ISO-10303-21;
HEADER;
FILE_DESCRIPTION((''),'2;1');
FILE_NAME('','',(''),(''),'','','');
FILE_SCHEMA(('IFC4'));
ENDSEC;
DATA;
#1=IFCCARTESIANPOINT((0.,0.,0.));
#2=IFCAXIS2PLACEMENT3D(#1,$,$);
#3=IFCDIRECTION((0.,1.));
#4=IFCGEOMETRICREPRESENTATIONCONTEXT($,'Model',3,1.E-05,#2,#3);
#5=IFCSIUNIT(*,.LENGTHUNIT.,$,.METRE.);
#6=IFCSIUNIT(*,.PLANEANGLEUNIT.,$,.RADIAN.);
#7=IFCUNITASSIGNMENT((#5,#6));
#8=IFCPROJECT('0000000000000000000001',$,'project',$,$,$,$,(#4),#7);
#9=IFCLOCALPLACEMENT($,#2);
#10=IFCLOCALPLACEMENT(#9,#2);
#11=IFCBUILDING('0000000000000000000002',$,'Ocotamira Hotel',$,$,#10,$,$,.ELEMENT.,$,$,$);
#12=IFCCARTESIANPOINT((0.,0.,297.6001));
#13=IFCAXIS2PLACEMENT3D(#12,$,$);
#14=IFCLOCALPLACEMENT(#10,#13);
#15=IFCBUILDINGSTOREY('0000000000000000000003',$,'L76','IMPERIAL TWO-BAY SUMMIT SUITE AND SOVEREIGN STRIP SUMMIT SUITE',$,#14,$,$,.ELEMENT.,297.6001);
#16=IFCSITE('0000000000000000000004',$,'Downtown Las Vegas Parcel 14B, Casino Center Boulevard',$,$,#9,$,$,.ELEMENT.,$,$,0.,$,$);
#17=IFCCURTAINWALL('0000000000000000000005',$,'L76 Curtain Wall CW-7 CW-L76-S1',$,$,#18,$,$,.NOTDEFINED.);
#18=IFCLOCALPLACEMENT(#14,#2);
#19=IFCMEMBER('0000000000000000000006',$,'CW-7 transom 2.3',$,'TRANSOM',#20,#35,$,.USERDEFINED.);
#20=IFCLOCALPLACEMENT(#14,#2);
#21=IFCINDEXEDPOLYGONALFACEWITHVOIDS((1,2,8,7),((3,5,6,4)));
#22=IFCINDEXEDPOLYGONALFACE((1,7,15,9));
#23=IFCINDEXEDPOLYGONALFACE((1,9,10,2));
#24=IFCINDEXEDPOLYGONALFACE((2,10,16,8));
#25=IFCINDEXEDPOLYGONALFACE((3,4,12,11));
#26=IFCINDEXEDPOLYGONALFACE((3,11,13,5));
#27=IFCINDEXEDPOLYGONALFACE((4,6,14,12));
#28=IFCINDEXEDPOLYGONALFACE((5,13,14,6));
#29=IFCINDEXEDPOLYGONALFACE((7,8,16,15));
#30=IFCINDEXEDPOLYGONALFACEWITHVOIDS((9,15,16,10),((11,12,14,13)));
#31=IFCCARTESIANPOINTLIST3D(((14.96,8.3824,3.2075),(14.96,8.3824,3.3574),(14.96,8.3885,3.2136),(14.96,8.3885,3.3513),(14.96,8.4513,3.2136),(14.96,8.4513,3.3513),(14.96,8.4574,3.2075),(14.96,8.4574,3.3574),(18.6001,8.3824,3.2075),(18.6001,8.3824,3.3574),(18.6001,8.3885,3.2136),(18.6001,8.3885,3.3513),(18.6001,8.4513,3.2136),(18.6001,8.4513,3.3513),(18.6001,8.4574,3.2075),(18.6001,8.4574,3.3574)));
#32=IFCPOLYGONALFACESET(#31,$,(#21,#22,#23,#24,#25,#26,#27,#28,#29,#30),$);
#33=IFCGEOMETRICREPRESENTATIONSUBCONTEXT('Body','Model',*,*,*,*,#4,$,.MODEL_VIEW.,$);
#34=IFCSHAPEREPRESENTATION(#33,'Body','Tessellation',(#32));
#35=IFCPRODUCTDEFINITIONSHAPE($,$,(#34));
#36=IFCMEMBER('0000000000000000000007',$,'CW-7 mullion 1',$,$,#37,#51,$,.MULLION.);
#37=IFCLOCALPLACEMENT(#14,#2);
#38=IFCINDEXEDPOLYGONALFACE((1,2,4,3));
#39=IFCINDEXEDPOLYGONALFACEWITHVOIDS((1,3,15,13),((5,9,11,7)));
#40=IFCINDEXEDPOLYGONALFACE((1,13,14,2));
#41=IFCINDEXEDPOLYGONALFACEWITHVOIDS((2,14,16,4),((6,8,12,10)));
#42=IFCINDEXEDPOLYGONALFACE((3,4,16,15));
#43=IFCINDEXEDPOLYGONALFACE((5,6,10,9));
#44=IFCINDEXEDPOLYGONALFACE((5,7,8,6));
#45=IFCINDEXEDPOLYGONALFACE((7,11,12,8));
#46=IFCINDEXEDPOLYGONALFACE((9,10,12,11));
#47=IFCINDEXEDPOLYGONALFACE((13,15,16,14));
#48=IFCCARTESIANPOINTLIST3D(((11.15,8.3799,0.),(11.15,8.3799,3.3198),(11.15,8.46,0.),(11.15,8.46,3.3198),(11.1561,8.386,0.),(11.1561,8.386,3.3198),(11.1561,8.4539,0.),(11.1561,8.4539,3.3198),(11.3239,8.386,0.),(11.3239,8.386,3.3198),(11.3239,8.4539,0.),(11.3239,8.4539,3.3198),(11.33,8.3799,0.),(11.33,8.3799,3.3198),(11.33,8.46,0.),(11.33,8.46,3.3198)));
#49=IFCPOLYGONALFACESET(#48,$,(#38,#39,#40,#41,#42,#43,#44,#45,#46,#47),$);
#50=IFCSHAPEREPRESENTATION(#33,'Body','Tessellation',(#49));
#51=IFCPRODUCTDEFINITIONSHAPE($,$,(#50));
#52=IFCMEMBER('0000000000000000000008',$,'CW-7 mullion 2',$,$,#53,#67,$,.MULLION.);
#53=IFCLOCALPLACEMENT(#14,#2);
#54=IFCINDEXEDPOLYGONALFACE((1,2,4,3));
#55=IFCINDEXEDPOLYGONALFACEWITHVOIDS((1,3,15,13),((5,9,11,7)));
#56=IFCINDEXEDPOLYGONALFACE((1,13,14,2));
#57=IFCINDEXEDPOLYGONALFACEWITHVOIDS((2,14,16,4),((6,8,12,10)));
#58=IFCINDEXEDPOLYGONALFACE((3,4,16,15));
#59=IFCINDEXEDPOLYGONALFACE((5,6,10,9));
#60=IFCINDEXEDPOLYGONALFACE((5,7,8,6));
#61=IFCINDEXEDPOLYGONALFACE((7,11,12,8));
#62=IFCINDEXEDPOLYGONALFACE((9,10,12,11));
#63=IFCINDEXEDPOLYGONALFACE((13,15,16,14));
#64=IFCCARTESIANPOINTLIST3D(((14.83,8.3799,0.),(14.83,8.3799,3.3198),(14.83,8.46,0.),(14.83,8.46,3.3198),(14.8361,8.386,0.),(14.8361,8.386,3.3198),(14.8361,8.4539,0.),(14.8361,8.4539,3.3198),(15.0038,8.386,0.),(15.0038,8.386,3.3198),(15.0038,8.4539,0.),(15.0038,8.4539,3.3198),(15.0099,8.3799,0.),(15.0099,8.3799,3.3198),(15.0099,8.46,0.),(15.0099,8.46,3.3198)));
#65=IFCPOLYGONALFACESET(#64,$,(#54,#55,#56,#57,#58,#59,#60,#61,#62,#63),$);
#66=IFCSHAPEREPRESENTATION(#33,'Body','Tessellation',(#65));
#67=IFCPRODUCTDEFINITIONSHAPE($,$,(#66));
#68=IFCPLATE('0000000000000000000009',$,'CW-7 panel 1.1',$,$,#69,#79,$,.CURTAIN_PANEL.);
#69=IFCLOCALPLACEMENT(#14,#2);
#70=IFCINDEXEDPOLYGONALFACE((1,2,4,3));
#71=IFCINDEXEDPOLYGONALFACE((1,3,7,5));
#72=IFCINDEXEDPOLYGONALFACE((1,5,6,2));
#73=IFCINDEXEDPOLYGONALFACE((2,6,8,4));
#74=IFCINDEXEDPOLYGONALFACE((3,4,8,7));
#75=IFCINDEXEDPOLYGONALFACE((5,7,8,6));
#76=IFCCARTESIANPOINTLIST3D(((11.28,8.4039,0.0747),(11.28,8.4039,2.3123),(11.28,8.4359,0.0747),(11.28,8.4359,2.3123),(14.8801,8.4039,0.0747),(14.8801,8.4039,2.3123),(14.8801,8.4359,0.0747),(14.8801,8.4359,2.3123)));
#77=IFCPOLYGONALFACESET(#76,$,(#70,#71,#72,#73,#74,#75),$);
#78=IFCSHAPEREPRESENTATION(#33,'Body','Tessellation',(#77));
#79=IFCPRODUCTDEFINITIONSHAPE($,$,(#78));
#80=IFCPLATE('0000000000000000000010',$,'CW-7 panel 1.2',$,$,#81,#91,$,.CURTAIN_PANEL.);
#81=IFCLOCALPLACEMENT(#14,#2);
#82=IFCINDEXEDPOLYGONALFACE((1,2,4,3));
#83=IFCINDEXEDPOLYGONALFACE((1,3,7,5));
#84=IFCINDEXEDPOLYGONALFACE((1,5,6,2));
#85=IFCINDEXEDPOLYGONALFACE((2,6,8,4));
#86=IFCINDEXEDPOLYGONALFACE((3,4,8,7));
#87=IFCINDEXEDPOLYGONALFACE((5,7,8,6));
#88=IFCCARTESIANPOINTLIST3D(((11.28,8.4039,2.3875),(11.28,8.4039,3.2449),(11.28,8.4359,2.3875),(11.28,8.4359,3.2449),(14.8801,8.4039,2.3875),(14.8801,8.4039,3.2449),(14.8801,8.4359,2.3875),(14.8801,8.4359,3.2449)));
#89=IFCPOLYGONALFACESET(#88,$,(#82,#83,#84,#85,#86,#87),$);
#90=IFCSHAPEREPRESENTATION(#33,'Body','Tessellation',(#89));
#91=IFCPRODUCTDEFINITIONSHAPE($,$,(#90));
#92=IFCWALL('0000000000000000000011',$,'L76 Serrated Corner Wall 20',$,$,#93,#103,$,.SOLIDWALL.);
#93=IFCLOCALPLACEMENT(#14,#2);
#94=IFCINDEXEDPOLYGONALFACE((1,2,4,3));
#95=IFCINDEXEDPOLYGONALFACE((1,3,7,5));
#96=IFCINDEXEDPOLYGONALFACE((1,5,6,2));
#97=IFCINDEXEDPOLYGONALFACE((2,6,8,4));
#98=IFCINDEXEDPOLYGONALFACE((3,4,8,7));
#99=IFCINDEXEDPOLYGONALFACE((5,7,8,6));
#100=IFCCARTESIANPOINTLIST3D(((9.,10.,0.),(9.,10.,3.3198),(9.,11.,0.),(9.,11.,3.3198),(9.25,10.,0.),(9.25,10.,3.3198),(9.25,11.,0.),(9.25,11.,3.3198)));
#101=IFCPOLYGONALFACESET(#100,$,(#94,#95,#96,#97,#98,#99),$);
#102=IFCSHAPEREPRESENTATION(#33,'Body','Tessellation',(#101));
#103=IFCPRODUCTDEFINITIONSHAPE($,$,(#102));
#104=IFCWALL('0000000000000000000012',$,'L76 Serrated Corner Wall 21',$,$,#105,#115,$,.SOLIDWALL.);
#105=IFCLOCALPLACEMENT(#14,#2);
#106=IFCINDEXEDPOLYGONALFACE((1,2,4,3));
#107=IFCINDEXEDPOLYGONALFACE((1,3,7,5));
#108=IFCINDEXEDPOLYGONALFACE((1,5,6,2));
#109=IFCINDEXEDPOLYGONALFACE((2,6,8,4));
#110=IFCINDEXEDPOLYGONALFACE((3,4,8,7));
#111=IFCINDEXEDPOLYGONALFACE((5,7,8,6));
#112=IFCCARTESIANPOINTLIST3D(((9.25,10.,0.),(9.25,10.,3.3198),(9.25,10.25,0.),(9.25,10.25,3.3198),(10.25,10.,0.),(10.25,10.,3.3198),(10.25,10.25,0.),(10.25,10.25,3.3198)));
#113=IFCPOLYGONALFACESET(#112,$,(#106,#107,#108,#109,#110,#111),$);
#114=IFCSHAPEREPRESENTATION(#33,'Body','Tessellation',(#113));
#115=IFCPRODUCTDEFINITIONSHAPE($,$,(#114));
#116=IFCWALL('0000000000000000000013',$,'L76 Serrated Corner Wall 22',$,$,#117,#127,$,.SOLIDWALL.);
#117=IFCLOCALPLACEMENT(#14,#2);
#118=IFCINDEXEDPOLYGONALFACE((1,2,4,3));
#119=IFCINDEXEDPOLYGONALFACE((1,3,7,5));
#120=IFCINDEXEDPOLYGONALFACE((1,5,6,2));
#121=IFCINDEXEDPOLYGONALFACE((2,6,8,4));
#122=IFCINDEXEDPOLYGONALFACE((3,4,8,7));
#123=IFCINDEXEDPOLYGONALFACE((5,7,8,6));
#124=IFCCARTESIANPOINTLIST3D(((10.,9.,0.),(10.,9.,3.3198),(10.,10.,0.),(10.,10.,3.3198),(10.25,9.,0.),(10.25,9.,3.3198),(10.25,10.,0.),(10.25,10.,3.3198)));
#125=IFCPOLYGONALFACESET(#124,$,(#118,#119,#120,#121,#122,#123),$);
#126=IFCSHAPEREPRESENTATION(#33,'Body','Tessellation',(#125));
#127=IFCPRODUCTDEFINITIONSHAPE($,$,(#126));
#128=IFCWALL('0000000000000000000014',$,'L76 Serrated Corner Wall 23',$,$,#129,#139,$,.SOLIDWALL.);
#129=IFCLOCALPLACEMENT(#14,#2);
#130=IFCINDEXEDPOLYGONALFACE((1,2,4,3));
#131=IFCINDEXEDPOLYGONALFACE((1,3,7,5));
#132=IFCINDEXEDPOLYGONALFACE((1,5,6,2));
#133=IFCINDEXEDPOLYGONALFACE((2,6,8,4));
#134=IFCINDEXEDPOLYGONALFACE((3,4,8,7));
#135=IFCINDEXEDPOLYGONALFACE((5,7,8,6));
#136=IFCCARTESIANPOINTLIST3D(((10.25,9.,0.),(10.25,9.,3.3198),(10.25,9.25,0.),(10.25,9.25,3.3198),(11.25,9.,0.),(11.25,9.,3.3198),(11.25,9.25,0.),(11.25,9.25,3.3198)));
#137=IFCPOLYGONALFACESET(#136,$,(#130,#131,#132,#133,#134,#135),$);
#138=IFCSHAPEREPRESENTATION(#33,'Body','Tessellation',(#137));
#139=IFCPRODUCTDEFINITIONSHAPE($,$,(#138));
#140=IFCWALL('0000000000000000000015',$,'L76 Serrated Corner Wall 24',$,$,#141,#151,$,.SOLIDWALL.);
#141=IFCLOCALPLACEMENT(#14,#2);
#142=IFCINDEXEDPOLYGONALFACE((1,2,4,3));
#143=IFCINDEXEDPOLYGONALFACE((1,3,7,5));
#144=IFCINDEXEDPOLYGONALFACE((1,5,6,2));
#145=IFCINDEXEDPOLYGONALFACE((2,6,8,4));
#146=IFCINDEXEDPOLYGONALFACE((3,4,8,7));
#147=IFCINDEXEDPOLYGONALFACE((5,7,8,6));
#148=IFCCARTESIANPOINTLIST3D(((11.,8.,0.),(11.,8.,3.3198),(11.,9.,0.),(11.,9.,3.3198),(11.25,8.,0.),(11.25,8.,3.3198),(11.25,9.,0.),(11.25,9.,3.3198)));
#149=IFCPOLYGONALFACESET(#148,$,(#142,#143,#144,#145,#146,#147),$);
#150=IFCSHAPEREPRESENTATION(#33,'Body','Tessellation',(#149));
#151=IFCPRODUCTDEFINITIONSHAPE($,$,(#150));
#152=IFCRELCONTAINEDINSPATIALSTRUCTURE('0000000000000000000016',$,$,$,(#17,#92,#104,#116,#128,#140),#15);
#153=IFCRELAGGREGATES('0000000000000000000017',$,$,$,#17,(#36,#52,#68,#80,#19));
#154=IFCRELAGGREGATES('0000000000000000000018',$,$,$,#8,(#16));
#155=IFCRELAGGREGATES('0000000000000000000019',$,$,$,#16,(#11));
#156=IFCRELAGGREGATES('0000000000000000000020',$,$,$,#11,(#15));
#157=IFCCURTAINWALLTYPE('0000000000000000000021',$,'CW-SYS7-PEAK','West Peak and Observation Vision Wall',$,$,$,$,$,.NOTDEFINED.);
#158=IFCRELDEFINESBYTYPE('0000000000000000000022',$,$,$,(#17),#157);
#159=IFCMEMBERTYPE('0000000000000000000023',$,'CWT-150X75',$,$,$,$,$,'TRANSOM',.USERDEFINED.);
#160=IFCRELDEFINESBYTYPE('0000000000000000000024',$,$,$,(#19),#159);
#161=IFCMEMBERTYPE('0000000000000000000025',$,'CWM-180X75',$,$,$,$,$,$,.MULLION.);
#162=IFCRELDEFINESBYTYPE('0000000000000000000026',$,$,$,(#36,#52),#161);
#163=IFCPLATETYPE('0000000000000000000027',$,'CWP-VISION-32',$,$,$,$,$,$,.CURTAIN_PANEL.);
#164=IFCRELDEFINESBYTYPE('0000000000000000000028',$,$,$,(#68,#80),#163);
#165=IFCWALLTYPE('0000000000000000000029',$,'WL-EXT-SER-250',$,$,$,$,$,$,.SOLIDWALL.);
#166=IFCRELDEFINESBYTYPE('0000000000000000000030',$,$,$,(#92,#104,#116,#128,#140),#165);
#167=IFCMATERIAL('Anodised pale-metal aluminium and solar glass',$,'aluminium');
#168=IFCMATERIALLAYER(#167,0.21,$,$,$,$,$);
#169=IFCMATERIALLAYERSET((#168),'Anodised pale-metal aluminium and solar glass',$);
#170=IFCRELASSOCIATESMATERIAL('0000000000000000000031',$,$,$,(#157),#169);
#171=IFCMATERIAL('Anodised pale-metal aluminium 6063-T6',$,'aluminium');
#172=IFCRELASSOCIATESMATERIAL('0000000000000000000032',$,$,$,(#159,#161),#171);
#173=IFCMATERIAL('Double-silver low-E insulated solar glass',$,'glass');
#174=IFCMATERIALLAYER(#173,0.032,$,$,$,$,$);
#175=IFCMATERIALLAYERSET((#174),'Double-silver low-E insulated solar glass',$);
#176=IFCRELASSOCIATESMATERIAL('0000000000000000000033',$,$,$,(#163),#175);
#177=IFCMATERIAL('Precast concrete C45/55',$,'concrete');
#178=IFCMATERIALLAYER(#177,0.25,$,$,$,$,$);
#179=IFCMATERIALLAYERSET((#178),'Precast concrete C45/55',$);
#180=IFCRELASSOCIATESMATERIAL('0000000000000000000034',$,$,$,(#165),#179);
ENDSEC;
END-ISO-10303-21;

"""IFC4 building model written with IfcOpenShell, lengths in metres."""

from ifc_helpers import new_model, si_unit, direction, frame, frame_2d, origin, origin_2d, place, context, subcontext, project, spatial, rectangle, hollow_rectangle, extrude, source, transform, mapped, material, layer, layer_set, material_profile, profile_set, type_object, element, aggregate, save


model = new_model("IFC4")

# Units and contexts
model_context = context("Model", 3, precision=1e-05, world=origin(), true_north=direction((0.0, 1.0)))
body_context = subcontext(model_context, "Body", "Model", "MODEL_VIEW")
ifc_project = project(units=[si_unit("LENGTHUNIT", "METRE"), si_unit("PLANEANGLEUNIT", "RADIAN")], contexts=[model_context])

# Site, building, storey
site_placement = place(None, origin())
site = spatial("IfcSite", under=ifc_project, at=site_placement, Name="Downtown Las Vegas Parcel 14B, Casino Center Boulevard", CompositionType="ELEMENT", RefElevation=0.0)
building_placement = place(site_placement, origin())
building = spatial("IfcBuilding", under=site, at=building_placement, Name="Ocotamira Hotel", CompositionType="ELEMENT")
storey_placement = place(building_placement, frame((0.0, 0.0, 297.6001)))
storey = spatial("IfcBuildingStorey", under=building, at=storey_placement, Name="L76", Description="IMPERIAL TWO-BAY SUMMIT SUITE AND SOVEREIGN STRIP SUMMIT SUITE", CompositionType="ELEMENT", Elevation=297.6001)

# Curtain wall, members, plates
ifc_material_1 = material(Name="Anodised pale-metal aluminium and solar glass", Category="aluminium")
ifc_layer_1 = layer(ifc_material_1, 0.21)
ifc_layer_set_1 = layer_set([ifc_layer_1], Name="Anodised pale-metal aluminium and solar glass")
curtain_wall_type = type_object("IfcCurtainWallType", Name="CW-SYS7-PEAK", Description="West Peak and Observation Vision Wall", PredefinedType="NOTDEFINED", material=ifc_layer_set_1)
curtain_wall_placement = place(storey_placement, origin())
curtain_wall = element("IfcCurtainWall", 1, at=curtain_wall_placement, inside=storey, type_object=curtain_wall_type, Name="L76 Curtain Wall CW-7 CW-L76-S1", PredefinedType="NOTDEFINED")
ifc_material_2 = material(Name="Anodised pale-metal aluminium 6063-T6", Category="aluminium")
ifc_material_profile_1 = material_profile(ifc_material_2, hollow_rectangle(XDim=0.075, YDim=0.1499, WallThickness=0.0061, at=origin_2d()), Name="HSS150X75X6")
ifc_profile_set_1 = profile_set([ifc_material_profile_1], Name="Anodised pale-metal aluminium 6063-T6")
member_type_1 = type_object("IfcMemberType", Name="CWT-150X75", ElementType="TRANSOM", PredefinedType="USERDEFINED", material=ifc_profile_set_1)
shared_shape_1 = source(origin(), body_context, "Body", "SweptSolid", [
    extrude(hollow_rectangle(XDim=0.075, YDim=0.1499, WallThickness=0.0061, at=origin_2d()), origin(), (0.0, 0.0, 1.0), 3.6401),
])
member_1_placement = place(storey_placement, frame((14.96, 8.4199, 3.2825), z_axis=(1.0, 0.0, 0.0), x_axis=(0.0, 1.0, 0.0)))
member_1 = element("IfcMember", 2, at=member_1_placement, type_object=member_type_1, Name="CW-7 transom 2.3", ObjectType="TRANSOM", PredefinedType="USERDEFINED", context=body_context, shape_type="MappedRepresentation", body=[
    mapped(shared_shape_1, transform((0.0, 0.0, 0.0), scale=1.0)),
])
ifc_material_profile_2 = material_profile(ifc_material_2, hollow_rectangle(XDim=0.0801, YDim=0.1799, WallThickness=0.0061, at=origin_2d()), Name="HSS180X80X6")
ifc_profile_set_2 = profile_set([ifc_material_profile_2], Name="Anodised pale-metal aluminium 6063-T6")
member_type_2 = type_object("IfcMemberType", Name="CWM-180X75", PredefinedType="MULLION", material=ifc_profile_set_2)
shared_shape_2 = source(origin(), body_context, "Body", "SweptSolid", [
    extrude(hollow_rectangle(XDim=0.0801, YDim=0.1799, WallThickness=0.0061, at=origin_2d()), origin(), (0.0, 0.0, 1.0), 3.3198),
])
member_2_placement = place(storey_placement, frame((11.24, 8.4199, 0.0), z_axis=(0.0, 0.0, 1.0), x_axis=(0.0, 1.0, 0.0)))
member_2 = element("IfcMember", 3, at=member_2_placement, type_object=member_type_2, Name="CW-7 mullion 1", PredefinedType="MULLION", context=body_context, shape_type="MappedRepresentation", body=[
    mapped(shared_shape_2, transform((0.0, 0.0, 0.0), scale=1.0)),
])
member_3_placement = place(storey_placement, frame((14.9199, 8.4199, 0.0), z_axis=(0.0, 0.0, 1.0), x_axis=(0.0, 1.0, 0.0)))
member_3 = element("IfcMember", 4, at=member_3_placement, type_object=member_type_2, Name="CW-7 mullion 2", PredefinedType="MULLION", context=body_context, shape_type="MappedRepresentation", body=[
    mapped(shared_shape_2, transform((0.0, 0.0, 0.0), scale=1.0)),
])
ifc_material_3 = material(Name="Double-silver low-E insulated solar glass", Category="glass")
ifc_layer_2 = layer(ifc_material_3, 0.032)
ifc_layer_set_2 = layer_set([ifc_layer_2], Name="Double-silver low-E insulated solar glass")
plate_type = type_object("IfcPlateType", Name="CWP-VISION-32", PredefinedType="CURTAIN_PANEL", material=ifc_layer_set_2)
shared_shape_3 = source(origin(), body_context, "Body", "SweptSolid", [
    extrude(rectangle(XDim=3.6001, YDim=0.032, at=origin_2d()), origin(), (0.0, 0.0, 1.0), 2.2375),
])
plate_1_placement = place(storey_placement, frame((13.0801, 8.4199, 0.0747), z_axis=(0.0, 0.0, 1.0), x_axis=(1.0, 0.0, 0.0)))
plate_1 = element("IfcPlate", 5, at=plate_1_placement, type_object=plate_type, Name="CW-7 panel 1.1", PredefinedType="CURTAIN_PANEL", context=body_context, shape_type="MappedRepresentation", body=[
    mapped(shared_shape_3, transform((0.0, 0.0, 0.0), scale=1.0)),
])
shared_shape_4 = source(origin(), body_context, "Body", "SweptSolid", [
    extrude(rectangle(XDim=3.6001, YDim=0.032, at=origin_2d()), origin(), (0.0, 0.0, 1.0), 0.8574),
])
plate_2_placement = place(storey_placement, frame((13.0801, 8.4199, 2.3875), z_axis=(0.0, 0.0, 1.0), x_axis=(1.0, 0.0, 0.0)))
plate_2 = element("IfcPlate", 6, at=plate_2_placement, type_object=plate_type, Name="CW-7 panel 1.2", PredefinedType="CURTAIN_PANEL", context=body_context, shape_type="MappedRepresentation", body=[
    mapped(shared_shape_4, transform((0.0, 0.0, 0.0), scale=1.0)),
])
aggregate(curtain_wall, [member_2, member_3, plate_1, plate_2, member_1])

# Walls
ifc_material_4 = material(Name="Precast concrete C45/55", Category="concrete")
ifc_layer_3 = layer(ifc_material_4, 0.25)
ifc_layer_set_3 = layer_set([ifc_layer_3], Name="Precast concrete C45/55")
wall_type_1 = type_object("IfcWallType", Name="WL-EXT-SER-250", PredefinedType="SOLIDWALL", material=ifc_layer_set_3)
for number, where, z_axis, x_axis, name in (
    (7, (9.125, 11.0, 0.0), (0.0, 0.0, 1.0), (0.0, -1.0, 0.0), "L76 Serrated Corner Wall 20"),
    (8, (9.25, 10.125, 0.0), (0.0, 0.0, 1.0), (1.0, 0.0, 0.0), "L76 Serrated Corner Wall 21"),
    (9, (10.125, 10.0, 0.0), (0.0, 0.0, 1.0), (0.0, -1.0, 0.0), "L76 Serrated Corner Wall 22"),
    (10, (10.25, 9.125, 0.0), (0.0, 0.0, 1.0), (1.0, 0.0, 0.0), "L76 Serrated Corner Wall 23"),
    (11, (11.125, 9.0, 0.0), (0.0, 0.0, 1.0), (0.0, -1.0, 0.0), "L76 Serrated Corner Wall 24"),
):
    element("IfcWall", number, at=place(storey_placement, frame(where, z_axis=z_axis, x_axis=x_axis)), inside=storey, type_object=wall_type_1, Name=name, PredefinedType="SOLIDWALL", context=body_context, shape_type="SweptSolid", body=[
        extrude(rectangle(XDim=1.0, YDim=0.25, at=frame_2d((0.5, 0.0))), origin(), (0.0, 0.0, 1.0), 3.3198),
    ])

save(model, "model.ifc")
